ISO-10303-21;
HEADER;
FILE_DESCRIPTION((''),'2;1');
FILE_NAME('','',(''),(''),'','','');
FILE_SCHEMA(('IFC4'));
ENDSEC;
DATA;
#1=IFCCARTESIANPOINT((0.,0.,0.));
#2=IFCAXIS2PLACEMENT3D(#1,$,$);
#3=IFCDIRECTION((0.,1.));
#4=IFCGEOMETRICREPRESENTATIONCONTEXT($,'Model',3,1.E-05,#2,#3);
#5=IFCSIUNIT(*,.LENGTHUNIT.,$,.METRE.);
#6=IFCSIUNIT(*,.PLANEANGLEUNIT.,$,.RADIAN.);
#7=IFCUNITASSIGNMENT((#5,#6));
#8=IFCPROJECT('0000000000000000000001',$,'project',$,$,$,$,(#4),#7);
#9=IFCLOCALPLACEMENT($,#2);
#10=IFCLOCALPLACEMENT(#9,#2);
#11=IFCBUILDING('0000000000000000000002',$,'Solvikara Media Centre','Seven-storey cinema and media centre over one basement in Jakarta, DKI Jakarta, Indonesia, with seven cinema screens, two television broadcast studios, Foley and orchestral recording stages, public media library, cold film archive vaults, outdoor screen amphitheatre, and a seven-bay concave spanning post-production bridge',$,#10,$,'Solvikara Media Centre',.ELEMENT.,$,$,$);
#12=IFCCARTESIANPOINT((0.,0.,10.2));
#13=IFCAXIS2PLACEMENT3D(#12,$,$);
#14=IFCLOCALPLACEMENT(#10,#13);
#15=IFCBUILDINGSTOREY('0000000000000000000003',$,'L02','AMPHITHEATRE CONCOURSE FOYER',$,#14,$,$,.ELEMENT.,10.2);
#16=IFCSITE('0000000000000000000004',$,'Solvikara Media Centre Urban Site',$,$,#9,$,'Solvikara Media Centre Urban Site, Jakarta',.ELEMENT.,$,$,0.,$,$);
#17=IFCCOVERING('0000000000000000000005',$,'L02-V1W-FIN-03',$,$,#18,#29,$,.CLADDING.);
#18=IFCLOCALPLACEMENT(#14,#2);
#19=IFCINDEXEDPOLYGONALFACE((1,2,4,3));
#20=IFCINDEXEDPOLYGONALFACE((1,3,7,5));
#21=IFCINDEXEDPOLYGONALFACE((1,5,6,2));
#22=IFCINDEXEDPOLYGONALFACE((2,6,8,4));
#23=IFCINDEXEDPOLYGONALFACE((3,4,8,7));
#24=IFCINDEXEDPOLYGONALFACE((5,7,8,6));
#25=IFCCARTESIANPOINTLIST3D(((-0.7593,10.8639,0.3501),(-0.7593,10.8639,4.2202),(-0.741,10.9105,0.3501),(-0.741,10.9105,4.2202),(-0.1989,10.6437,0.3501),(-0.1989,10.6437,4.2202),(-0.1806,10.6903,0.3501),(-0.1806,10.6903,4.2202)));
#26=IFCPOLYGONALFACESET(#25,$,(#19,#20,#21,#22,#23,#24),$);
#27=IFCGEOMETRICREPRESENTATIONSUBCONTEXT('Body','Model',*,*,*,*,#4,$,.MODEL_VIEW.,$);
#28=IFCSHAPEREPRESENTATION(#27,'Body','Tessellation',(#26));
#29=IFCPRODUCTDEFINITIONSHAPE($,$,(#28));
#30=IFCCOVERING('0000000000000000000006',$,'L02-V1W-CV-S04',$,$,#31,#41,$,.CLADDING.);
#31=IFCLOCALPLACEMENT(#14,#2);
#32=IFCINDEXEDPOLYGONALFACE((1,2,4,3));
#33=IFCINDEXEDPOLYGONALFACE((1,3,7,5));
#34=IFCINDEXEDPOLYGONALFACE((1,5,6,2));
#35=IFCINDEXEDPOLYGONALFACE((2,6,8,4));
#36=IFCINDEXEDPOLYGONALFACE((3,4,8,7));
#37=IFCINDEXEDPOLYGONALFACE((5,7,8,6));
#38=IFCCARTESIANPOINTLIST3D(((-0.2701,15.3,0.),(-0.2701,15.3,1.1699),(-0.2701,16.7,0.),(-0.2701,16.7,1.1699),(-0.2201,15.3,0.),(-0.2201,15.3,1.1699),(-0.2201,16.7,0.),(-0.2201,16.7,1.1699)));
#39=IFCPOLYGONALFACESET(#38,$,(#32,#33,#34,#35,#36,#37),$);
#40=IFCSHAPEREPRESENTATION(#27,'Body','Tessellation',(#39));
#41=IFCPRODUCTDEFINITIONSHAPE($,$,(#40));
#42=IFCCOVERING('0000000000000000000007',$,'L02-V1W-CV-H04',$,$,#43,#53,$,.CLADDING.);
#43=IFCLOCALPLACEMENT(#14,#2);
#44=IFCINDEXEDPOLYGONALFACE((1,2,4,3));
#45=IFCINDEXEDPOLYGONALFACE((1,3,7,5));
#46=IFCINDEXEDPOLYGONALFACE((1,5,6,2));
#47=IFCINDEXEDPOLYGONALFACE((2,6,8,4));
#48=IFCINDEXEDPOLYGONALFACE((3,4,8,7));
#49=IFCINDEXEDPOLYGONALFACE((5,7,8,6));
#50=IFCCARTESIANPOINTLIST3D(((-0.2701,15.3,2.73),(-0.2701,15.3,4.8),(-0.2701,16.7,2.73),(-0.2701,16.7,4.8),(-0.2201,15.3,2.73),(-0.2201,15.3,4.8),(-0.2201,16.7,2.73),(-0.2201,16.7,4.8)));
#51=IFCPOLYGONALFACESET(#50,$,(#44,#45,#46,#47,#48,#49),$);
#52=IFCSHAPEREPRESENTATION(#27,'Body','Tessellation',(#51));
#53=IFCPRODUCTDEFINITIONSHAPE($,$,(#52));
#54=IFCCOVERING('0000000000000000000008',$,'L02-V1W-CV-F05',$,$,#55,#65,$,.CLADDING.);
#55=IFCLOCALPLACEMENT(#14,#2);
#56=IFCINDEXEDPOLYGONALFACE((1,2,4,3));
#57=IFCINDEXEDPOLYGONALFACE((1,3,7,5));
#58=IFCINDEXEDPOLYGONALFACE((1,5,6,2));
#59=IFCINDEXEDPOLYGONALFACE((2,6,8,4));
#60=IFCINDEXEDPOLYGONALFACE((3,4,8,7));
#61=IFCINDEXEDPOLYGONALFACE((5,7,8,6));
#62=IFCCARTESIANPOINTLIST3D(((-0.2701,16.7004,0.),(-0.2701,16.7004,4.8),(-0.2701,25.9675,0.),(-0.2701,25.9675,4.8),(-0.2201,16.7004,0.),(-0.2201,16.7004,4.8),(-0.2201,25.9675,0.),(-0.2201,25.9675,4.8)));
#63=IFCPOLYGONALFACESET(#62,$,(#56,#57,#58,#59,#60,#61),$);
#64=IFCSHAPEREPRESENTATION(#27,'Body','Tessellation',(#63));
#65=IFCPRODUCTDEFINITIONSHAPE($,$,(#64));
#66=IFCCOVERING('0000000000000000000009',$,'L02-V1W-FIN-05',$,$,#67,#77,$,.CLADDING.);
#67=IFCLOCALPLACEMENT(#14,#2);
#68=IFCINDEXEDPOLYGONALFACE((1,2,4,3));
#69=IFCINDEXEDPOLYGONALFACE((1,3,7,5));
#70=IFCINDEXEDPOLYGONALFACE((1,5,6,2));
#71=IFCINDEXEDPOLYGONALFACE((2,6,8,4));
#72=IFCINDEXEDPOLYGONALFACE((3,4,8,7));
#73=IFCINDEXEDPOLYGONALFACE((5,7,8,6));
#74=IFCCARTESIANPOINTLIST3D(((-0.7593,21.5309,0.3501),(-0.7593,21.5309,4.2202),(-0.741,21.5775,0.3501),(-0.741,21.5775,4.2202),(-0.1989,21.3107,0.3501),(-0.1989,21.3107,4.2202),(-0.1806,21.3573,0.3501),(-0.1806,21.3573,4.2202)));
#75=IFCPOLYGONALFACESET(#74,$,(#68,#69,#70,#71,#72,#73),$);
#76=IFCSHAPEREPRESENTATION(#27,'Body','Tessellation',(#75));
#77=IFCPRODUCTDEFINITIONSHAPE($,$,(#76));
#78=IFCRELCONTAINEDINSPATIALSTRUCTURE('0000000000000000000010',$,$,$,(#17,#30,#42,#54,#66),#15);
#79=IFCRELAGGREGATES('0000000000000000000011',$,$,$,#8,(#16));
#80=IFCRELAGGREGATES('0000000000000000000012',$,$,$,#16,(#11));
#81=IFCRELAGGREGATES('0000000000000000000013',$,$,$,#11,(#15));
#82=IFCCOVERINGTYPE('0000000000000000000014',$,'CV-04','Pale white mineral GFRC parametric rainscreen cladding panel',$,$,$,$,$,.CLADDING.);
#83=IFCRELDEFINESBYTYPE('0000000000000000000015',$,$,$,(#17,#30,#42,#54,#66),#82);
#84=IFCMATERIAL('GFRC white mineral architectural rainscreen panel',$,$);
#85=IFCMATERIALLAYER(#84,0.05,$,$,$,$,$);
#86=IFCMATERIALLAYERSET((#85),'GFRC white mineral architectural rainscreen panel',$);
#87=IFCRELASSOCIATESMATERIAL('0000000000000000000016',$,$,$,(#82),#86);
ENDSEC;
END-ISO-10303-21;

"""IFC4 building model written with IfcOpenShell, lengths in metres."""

from ifc_helpers import new_model, si_unit, direction, frame, origin, origin_2d, place, context, subcontext, project, spatial, rectangle, extrude, material, layer, layer_set, type_object, element, save


model = new_model("IFC4")

# Units and contexts
model_context = context("Model", 3, precision=1e-05, world=origin(), true_north=direction((0.0, 1.0)))
body_context = subcontext(model_context, "Body", "Model", "MODEL_VIEW")
ifc_project = project(units=[si_unit("LENGTHUNIT", "METRE"), si_unit("PLANEANGLEUNIT", "RADIAN")], contexts=[model_context])

# Site, building, storey
site_placement = place(None, origin())
site = spatial("IfcSite", under=ifc_project, at=site_placement, Name="Solvikara Media Centre Urban Site", LongName="Solvikara Media Centre Urban Site, Jakarta", CompositionType="ELEMENT", RefElevation=0.0)
building_placement = place(site_placement, origin())
building = spatial("IfcBuilding", under=site, at=building_placement, Name="Solvikara Media Centre", Description="Seven-storey cinema and media centre over one basement in Jakarta, DKI Jakarta, Indonesia, with seven cinema screens, two television broadcast studios, Foley and orchestral recording stages, public media library, cold film archive vaults, outdoor screen amphitheatre, and a seven-bay concave spanning post-production bridge", LongName="Solvikara Media Centre", CompositionType="ELEMENT")
storey_placement = place(building_placement, frame((0.0, 0.0, 10.2)))
storey = spatial("IfcBuildingStorey", under=building, at=storey_placement, Name="L02", Description="AMPHITHEATRE CONCOURSE FOYER", CompositionType="ELEMENT", Elevation=10.2)

# Coverings
ifc_material_1 = material(Name="GFRC white mineral architectural rainscreen panel")
ifc_layer_1 = layer(ifc_material_1, 0.05)
ifc_layer_set_1 = layer_set([ifc_layer_1], Name="GFRC white mineral architectural rainscreen panel")
covering_type_1 = type_object("IfcCoveringType", Name="CV-04", Description="Pale white mineral GFRC parametric rainscreen cladding panel", PredefinedType="CLADDING", material=ifc_layer_set_1)
covering_1_placement = place(storey_placement, frame((-0.47, 10.7771, 0.3501), z_axis=(0.0, 0.0, 1.0), x_axis=(-0.93075, 0.365657, 0.0)))
element("IfcCovering", 1, at=covering_1_placement, inside=storey, type_object=covering_type_1, Name="L02-V1W-FIN-03", PredefinedType="CLADDING", context=body_context, shape_type="SweptSolid", body=[
    extrude(rectangle(XDim=0.6021, YDim=0.05, at=origin_2d()), origin(), (0.0, 0.0, 1.0), 3.8701),
])
covering_2_placement = place(storey_placement, frame((-0.2451, 16.0, 0.0), z_axis=(0.0, 0.0, 1.0), x_axis=(0.0, 1.0, 0.0)))
element("IfcCovering", 2, at=covering_2_placement, inside=storey, type_object=covering_type_1, Name="L02-V1W-CV-S04", PredefinedType="CLADDING", context=body_context, shape_type="SweptSolid", body=[
    extrude(rectangle(XDim=1.3999, YDim=0.05, at=origin_2d()), origin(), (0.0, 0.0, 1.0), 1.1699),
])
covering_3_placement = place(storey_placement, frame((-0.2451, 16.0, 2.73), z_axis=(0.0, 0.0, 1.0), x_axis=(0.0, 1.0, 0.0)))
element("IfcCovering", 3, at=covering_3_placement, inside=storey, type_object=covering_type_1, Name="L02-V1W-CV-H04", PredefinedType="CLADDING", context=body_context, shape_type="SweptSolid", body=[
    extrude(rectangle(XDim=1.3999, YDim=0.05, at=origin_2d()), origin(), (0.0, 0.0, 1.0), 2.0701),
])
covering_4_placement = place(storey_placement, frame((-0.2451, 21.334, 0.0), z_axis=(0.0, 0.0, 1.0), x_axis=(0.0, 1.0, 0.0)))
element("IfcCovering", 4, at=covering_4_placement, inside=storey, type_object=covering_type_1, Name="L02-V1W-CV-F05", PredefinedType="CLADDING", context=body_context, shape_type="SweptSolid", body=[
    extrude(rectangle(XDim=9.2671, YDim=0.05, at=origin_2d()), origin(), (0.0, 0.0, 1.0), 4.8),
])
covering_5_placement = place(storey_placement, frame((-0.47, 21.4441, 0.3501), z_axis=(0.0, 0.0, 1.0), x_axis=(-0.93075, 0.365657, 0.0)))
element("IfcCovering", 5, at=covering_5_placement, inside=storey, type_object=covering_type_1, Name="L02-V1W-FIN-05", PredefinedType="CLADDING", context=body_context, shape_type="SweptSolid", body=[
    extrude(rectangle(XDim=0.6021, YDim=0.05, at=origin_2d()), origin(), (0.0, 0.0, 1.0), 3.8701),
])

save(model, "model.ifc")
